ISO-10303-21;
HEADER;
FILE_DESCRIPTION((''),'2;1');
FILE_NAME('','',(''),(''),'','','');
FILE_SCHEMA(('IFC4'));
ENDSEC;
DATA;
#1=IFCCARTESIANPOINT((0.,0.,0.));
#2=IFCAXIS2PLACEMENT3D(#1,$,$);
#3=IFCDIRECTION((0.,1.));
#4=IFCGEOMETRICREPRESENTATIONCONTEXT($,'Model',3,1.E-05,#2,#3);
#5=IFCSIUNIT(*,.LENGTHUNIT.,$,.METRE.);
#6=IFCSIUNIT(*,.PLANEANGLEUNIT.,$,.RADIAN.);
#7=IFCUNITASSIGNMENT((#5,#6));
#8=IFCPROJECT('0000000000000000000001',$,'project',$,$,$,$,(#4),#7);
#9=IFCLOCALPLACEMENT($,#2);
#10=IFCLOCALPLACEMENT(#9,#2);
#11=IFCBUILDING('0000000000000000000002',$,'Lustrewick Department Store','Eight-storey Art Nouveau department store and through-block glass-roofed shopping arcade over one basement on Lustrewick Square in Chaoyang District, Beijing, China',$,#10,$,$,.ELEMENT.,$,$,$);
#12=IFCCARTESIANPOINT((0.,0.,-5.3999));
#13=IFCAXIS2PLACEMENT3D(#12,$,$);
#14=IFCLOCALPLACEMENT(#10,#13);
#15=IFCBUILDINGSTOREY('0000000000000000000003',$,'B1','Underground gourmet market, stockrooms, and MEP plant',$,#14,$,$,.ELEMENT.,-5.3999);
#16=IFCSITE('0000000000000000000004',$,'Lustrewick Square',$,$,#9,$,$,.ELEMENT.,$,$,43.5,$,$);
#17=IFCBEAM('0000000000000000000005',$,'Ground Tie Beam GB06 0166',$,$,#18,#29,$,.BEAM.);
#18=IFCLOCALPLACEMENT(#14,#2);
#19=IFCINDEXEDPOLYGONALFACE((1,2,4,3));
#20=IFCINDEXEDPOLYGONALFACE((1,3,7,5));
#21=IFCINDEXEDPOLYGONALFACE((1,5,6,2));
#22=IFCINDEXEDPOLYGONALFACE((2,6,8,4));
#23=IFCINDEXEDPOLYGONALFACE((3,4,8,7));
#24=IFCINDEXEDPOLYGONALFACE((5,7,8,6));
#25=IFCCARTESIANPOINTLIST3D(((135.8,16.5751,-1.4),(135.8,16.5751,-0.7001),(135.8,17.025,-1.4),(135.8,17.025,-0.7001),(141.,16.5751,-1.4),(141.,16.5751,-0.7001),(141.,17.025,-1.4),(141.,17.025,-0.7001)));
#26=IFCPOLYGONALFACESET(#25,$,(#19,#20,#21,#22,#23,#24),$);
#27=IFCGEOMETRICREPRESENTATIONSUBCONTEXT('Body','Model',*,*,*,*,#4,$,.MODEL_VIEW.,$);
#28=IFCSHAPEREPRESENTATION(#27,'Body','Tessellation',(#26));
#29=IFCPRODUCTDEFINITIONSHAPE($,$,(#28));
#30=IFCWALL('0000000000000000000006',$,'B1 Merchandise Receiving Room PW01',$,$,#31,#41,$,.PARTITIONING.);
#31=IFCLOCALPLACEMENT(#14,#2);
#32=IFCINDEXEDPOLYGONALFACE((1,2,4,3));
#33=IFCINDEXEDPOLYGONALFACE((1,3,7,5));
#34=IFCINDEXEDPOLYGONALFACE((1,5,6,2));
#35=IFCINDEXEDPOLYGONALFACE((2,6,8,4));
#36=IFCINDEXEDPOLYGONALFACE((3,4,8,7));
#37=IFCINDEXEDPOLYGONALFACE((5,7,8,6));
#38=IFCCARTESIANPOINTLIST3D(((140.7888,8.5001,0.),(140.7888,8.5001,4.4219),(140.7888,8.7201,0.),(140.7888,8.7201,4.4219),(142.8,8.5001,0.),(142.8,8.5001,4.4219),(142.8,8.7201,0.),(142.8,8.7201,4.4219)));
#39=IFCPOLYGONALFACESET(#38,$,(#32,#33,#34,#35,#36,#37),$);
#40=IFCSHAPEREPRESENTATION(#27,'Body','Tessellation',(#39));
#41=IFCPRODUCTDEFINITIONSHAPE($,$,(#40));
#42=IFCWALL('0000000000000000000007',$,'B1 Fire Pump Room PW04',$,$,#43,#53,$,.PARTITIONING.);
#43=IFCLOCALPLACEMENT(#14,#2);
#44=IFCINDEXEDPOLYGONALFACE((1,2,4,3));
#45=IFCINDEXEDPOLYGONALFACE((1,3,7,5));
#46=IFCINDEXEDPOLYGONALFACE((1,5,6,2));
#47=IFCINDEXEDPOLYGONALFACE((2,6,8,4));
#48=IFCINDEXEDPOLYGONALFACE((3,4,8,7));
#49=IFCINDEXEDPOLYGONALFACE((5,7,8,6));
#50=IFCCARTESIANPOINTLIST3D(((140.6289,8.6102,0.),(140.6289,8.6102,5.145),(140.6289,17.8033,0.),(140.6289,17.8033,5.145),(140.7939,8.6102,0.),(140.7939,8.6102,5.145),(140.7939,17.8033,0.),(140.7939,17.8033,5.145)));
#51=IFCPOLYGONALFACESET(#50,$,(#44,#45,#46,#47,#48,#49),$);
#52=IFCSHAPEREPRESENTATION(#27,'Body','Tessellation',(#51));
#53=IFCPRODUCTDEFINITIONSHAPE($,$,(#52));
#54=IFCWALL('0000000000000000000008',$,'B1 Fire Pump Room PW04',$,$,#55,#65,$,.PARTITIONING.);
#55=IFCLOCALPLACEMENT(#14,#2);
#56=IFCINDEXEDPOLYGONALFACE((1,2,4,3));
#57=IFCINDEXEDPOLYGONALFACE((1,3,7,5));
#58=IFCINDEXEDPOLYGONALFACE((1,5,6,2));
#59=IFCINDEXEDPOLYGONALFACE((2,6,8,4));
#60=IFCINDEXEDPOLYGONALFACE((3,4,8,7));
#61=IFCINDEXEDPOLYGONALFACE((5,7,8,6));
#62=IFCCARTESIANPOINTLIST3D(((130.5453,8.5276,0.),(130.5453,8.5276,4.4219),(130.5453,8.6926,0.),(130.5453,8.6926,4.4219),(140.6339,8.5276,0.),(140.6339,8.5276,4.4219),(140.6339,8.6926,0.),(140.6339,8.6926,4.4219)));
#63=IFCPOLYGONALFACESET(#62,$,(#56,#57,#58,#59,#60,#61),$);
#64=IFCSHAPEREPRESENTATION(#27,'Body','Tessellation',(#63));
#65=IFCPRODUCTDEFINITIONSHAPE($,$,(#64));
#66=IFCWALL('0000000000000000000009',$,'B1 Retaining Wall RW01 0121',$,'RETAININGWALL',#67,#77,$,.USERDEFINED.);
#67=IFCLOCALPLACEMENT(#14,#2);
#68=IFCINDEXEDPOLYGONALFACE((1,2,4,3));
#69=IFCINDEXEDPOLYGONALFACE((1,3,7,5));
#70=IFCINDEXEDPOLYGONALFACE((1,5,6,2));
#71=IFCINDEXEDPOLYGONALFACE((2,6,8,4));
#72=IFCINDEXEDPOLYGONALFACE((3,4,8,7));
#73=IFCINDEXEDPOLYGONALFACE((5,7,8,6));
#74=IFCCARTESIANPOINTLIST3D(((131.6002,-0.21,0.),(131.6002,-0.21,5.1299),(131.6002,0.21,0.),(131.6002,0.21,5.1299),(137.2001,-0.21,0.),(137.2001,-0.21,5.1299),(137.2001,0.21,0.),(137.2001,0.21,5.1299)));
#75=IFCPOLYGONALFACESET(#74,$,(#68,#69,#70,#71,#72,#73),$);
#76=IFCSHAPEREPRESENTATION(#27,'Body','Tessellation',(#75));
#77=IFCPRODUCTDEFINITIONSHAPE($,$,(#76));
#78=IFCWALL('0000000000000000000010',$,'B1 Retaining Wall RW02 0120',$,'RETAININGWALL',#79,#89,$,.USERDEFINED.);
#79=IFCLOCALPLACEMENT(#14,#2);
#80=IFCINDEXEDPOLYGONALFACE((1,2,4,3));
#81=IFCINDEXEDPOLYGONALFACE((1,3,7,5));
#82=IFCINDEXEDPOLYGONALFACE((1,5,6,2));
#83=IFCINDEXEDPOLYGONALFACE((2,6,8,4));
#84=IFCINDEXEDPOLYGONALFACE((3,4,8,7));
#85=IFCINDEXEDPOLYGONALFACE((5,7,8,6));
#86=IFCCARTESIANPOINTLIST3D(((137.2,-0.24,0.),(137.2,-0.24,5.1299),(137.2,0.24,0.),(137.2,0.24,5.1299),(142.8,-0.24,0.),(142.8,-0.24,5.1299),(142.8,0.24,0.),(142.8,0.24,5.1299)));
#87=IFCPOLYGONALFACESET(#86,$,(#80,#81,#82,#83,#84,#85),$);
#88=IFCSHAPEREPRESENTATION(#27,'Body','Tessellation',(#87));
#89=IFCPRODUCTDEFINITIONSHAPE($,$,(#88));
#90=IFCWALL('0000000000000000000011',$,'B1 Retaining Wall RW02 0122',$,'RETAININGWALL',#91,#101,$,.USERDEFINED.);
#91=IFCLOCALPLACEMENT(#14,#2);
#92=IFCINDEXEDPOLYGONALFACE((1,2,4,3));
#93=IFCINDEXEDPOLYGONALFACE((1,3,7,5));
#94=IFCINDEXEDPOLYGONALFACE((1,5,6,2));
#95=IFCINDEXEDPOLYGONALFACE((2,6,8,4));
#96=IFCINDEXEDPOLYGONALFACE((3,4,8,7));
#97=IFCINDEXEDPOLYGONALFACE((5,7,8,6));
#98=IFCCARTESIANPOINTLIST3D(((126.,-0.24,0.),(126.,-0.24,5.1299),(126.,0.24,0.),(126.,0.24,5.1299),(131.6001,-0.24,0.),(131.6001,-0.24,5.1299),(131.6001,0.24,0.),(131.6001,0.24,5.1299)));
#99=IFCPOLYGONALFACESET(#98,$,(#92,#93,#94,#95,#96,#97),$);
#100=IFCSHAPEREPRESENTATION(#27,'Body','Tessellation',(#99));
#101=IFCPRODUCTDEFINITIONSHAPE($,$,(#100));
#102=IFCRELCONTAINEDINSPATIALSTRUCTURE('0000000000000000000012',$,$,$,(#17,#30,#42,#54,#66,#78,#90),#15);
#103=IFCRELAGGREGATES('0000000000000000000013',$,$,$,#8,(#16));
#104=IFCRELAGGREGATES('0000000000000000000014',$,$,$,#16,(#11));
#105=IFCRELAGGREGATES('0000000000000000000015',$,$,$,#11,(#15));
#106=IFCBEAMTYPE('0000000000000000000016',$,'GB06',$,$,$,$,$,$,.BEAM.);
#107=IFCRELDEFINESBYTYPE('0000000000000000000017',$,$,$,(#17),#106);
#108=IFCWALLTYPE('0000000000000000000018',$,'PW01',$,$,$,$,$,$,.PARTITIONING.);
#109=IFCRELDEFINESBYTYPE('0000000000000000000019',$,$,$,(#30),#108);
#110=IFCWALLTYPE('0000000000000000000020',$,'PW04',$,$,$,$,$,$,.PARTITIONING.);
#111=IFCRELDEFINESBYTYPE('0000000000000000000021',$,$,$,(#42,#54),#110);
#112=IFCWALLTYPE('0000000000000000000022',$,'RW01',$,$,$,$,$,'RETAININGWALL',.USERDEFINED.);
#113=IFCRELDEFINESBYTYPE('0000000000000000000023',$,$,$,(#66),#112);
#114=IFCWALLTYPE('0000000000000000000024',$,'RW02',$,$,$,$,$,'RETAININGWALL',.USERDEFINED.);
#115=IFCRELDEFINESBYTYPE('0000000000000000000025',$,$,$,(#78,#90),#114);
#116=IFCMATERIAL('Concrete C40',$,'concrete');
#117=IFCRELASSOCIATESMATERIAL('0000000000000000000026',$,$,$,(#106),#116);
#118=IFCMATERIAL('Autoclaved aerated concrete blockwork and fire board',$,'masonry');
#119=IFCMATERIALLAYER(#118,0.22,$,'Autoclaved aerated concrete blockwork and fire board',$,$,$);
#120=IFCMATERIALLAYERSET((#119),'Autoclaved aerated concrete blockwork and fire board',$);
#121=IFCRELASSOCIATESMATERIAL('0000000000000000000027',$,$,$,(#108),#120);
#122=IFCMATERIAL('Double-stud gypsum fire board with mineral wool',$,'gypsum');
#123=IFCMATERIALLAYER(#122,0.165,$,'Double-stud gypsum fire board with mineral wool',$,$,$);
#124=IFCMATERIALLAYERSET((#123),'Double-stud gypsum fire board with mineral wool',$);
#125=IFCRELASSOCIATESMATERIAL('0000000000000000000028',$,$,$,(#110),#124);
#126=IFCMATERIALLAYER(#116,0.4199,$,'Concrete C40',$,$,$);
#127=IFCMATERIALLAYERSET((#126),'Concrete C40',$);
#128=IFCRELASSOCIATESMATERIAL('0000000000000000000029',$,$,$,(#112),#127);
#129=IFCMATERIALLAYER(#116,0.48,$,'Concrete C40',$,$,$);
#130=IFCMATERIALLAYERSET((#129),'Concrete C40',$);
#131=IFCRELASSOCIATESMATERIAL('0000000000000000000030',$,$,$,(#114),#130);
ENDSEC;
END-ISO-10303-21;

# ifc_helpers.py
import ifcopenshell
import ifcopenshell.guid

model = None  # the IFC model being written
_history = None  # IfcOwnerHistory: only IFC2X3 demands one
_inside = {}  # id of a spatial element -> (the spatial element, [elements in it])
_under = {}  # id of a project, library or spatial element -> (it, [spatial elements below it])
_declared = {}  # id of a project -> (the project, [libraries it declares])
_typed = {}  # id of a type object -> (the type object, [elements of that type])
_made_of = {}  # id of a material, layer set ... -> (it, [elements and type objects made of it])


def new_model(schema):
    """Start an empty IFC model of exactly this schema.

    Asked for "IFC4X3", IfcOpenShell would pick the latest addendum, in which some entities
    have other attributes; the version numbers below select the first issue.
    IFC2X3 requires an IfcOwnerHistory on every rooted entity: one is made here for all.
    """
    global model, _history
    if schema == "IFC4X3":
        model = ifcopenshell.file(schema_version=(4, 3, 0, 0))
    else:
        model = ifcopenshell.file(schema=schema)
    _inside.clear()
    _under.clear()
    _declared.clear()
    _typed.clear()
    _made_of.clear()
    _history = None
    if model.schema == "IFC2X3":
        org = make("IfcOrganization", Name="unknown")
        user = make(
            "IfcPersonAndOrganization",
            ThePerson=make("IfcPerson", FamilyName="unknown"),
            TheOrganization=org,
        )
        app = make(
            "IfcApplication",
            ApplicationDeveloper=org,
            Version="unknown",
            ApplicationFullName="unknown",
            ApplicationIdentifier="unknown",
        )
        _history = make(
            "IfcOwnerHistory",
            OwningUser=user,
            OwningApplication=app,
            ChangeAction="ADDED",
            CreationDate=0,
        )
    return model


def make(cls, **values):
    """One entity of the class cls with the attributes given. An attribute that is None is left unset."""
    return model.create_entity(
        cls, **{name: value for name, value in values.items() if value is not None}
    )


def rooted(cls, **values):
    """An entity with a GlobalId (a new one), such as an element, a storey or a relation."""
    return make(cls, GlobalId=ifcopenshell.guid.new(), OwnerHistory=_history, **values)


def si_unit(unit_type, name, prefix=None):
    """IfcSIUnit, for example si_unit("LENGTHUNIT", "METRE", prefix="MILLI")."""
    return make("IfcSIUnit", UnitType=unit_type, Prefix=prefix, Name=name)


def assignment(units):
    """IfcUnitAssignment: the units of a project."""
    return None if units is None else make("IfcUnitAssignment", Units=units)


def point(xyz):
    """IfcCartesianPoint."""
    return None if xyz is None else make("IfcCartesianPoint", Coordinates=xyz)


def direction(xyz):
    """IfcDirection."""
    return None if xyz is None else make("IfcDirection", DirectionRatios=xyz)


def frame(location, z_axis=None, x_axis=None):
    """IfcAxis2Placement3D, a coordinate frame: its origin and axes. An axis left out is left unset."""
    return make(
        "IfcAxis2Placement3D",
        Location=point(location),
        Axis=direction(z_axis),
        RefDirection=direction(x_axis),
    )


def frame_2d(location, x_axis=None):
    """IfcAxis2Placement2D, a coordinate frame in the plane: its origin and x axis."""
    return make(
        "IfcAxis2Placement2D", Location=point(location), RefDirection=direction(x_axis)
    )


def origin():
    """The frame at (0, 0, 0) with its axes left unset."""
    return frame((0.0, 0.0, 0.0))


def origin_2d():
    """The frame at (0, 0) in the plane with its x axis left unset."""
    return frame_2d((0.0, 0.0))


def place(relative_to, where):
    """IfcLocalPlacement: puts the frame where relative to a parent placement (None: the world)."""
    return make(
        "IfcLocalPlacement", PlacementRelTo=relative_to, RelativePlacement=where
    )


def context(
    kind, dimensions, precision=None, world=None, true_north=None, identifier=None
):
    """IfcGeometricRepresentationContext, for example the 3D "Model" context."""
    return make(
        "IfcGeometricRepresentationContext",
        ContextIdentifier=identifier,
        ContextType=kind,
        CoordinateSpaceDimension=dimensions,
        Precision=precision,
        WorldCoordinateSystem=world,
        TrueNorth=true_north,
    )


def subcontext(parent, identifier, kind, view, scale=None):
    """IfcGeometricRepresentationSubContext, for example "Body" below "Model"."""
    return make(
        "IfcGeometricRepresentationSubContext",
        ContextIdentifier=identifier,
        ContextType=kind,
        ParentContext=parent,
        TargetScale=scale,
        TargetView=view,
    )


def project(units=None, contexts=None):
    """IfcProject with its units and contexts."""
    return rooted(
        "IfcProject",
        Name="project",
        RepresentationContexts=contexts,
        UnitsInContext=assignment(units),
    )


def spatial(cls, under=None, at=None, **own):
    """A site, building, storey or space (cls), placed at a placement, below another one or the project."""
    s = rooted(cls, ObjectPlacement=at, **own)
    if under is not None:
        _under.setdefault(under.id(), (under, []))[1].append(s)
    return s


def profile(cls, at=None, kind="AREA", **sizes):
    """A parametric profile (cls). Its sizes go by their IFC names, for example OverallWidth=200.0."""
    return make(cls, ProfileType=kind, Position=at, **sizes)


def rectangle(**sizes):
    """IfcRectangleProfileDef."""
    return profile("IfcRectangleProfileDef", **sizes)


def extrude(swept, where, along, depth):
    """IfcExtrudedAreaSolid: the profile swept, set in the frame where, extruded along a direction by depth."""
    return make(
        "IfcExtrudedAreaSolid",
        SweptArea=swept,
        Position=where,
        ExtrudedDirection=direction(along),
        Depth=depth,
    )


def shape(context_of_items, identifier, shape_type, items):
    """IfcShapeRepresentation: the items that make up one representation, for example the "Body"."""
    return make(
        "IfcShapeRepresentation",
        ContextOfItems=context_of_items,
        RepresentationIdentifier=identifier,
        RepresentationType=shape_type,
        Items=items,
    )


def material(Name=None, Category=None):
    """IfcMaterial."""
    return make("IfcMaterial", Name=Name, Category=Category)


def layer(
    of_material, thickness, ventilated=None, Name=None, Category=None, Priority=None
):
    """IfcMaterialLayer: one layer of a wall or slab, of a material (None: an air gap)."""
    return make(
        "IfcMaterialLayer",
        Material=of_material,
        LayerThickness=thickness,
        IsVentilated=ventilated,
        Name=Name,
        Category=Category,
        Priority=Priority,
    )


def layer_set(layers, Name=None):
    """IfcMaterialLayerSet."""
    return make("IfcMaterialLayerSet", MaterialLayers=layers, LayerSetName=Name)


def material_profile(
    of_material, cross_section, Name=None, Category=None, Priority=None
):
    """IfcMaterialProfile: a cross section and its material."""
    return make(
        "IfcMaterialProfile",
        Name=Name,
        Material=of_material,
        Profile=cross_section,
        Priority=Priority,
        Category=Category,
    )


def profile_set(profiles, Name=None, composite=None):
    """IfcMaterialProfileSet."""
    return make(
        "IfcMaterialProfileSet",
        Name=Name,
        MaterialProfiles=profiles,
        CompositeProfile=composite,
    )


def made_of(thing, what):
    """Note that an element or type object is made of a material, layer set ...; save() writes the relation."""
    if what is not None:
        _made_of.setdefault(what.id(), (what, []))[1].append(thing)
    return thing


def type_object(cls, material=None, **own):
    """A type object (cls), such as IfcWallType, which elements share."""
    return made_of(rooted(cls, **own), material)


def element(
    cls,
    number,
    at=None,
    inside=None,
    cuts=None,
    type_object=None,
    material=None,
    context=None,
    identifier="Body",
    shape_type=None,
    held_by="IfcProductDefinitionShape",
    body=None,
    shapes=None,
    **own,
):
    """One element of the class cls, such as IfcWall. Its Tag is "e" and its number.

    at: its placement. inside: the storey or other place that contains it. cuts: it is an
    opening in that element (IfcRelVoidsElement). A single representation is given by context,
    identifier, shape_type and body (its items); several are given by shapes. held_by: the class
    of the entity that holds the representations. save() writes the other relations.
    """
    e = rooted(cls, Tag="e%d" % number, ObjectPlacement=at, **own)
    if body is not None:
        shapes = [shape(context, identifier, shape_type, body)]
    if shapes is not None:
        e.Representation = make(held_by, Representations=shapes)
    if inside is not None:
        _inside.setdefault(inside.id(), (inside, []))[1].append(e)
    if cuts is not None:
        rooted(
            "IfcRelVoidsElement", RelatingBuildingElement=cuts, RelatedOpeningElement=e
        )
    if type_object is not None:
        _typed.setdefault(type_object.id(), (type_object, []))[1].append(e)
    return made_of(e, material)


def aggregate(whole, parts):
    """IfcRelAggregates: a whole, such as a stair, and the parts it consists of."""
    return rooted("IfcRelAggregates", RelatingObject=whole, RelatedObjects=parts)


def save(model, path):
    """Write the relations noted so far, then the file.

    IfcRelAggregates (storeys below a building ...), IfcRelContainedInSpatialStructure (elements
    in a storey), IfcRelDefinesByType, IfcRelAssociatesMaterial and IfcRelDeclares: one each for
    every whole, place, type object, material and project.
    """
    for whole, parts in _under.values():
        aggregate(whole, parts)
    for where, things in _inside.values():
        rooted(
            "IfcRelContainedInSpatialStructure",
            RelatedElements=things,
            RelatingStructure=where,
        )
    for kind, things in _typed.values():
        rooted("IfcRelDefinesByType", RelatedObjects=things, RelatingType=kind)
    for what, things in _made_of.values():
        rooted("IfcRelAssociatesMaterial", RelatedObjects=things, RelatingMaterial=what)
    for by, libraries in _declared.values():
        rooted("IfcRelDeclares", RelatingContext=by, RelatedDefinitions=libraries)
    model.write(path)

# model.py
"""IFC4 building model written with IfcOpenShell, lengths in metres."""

from ifc_helpers import new_model, si_unit, direction, frame, frame_2d, origin, origin_2d, place, context, subcontext, project, spatial, rectangle, extrude, material, layer, layer_set, material_profile, profile_set, type_object, element, save


model = new_model("IFC4")

# Units and contexts
model_context = context("Model", 3, precision=1e-05, world=origin(), true_north=direction((0.0, 1.0)))
body_context = subcontext(model_context, "Body", "Model", "MODEL_VIEW")
ifc_project = project(units=[si_unit("LENGTHUNIT", "METRE"), si_unit("PLANEANGLEUNIT", "RADIAN")], contexts=[model_context])

# Site, building, storey
site_placement = place(None, origin())
site = spatial("IfcSite", under=ifc_project, at=site_placement, Name="Lustrewick Square", CompositionType="ELEMENT", RefElevation=43.5)
building_placement = place(site_placement, origin())
building = spatial("IfcBuilding", under=site, at=building_placement, Name="Lustrewick Department Store", Description="Eight-storey Art Nouveau department store and through-block glass-roofed shopping arcade over one basement on Lustrewick Square in Chaoyang District, Beijing, China", CompositionType="ELEMENT")
storey_placement = place(building_placement, frame((0.0, 0.0, -5.3999)))
storey = spatial("IfcBuildingStorey", under=building, at=storey_placement, Name="B1", Description="Underground gourmet market, stockrooms, and MEP plant", CompositionType="ELEMENT", Elevation=-5.3999)

# Shared definitions
ifc_material_1 = material(Name="Concrete C40", Category="concrete")

# Beam
ifc_material_profile_1 = material_profile(ifc_material_1, rectangle(XDim=0.45, YDim=0.7, at=origin_2d()), Name="RC 450x700")
ifc_profile_set_1 = profile_set([ifc_material_profile_1], Name="Concrete C40")
beam_type_1 = type_object("IfcBeamType", Name="GB06", PredefinedType="BEAM", material=ifc_profile_set_1)
beam_1_placement = place(storey_placement, frame((135.8, 16.8, -1.05), z_axis=(1.0, 0.0, 0.0), x_axis=(0.0, 1.0, 0.0)))
element("IfcBeam", 1, at=beam_1_placement, inside=storey, type_object=beam_type_1, Name="Ground Tie Beam GB06 0166", PredefinedType="BEAM", context=body_context, shape_type="SweptSolid", body=[
    extrude(rectangle(XDim=0.45, YDim=0.7, at=origin_2d()), origin(), (0.0, 0.0, 1.0), 5.2),
])

# Walls
ifc_material_2 = material(Name="Autoclaved aerated concrete blockwork and fire board", Category="masonry")
ifc_layer_1 = layer(ifc_material_2, 0.22, Name="Autoclaved aerated concrete blockwork and fire board")
ifc_layer_set_1 = layer_set([ifc_layer_1], Name="Autoclaved aerated concrete blockwork and fire board")
wall_type_1 = type_object("IfcWallType", Name="PW01", PredefinedType="PARTITIONING", material=ifc_layer_set_1)
wall_1_placement = place(storey_placement, frame((140.7888, 8.6101, 0.0), z_axis=(0.0, 0.0, 1.0), x_axis=(1.0, 0.0, 0.0)))
element("IfcWall", 2, at=wall_1_placement, inside=storey, type_object=wall_type_1, Name="B1 Merchandise Receiving Room PW01", PredefinedType="PARTITIONING", context=body_context, shape_type="SweptSolid", body=[
    extrude(rectangle(XDim=2.0112, YDim=0.22, at=frame_2d((1.0056, 0.0))), origin(), (0.0, 0.0, 1.0), 4.4219),
])
ifc_material_3 = material(Name="Double-stud gypsum fire board with mineral wool", Category="gypsum")
ifc_layer_2 = layer(ifc_material_3, 0.165, Name="Double-stud gypsum fire board with mineral wool")
ifc_layer_set_2 = layer_set([ifc_layer_2], Name="Double-stud gypsum fire board with mineral wool")
wall_type_2 = type_object("IfcWallType", Name="PW04", PredefinedType="PARTITIONING", material=ifc_layer_set_2)
wall_2_placement = place(storey_placement, frame((140.7114, 8.6101, 0.0), z_axis=(0.0, 0.0, 1.0), x_axis=(0.0, 1.0, 0.0)))
element("IfcWall", 3, at=wall_2_placement, inside=storey, type_object=wall_type_2, Name="B1 Fire Pump Room PW04", PredefinedType="PARTITIONING", context=body_context, shape_type="SweptSolid", body=[
    extrude(rectangle(XDim=9.1931, YDim=0.165, at=frame_2d((4.5967, 0.0))), origin(), (0.0, 0.0, 1.0), 5.145),
])
wall_3_placement = place(storey_placement, frame((130.5452, 8.6101, 0.0), z_axis=(0.0, 0.0, 1.0), x_axis=(1.0, 0.0, 0.0)))
element("IfcWall", 4, at=wall_3_placement, inside=storey, type_object=wall_type_2, Name="B1 Fire Pump Room PW04", PredefinedType="PARTITIONING", context=body_context, shape_type="SweptSolid", body=[
    extrude(rectangle(XDim=10.0886, YDim=0.165, at=frame_2d((5.0444, 0.0))), origin(), (0.0, 0.0, 1.0), 4.4219),
])
ifc_layer_3 = layer(ifc_material_1, 0.4199, Name="Concrete C40")
ifc_layer_set_3 = layer_set([ifc_layer_3], Name="Concrete C40")
wall_type_3 = type_object("IfcWallType", Name="RW01", ElementType="RETAININGWALL", PredefinedType="USERDEFINED", material=ifc_layer_set_3)
wall_4_placement = place(storey_placement, frame((137.2, 0.0, 0.0), z_axis=(0.0, 0.0, 1.0), x_axis=(-1.0, 0.0, 0.0)))
element("IfcWall", 5, at=wall_4_placement, inside=storey, type_object=wall_type_3, Name="B1 Retaining Wall RW01 0121", ObjectType="RETAININGWALL", PredefinedType="USERDEFINED", context=body_context, shape_type="SweptSolid", body=[
    extrude(rectangle(XDim=5.5999, YDim=0.4199, at=frame_2d((2.7998, 0.0))), origin(), (0.0, 0.0, 1.0), 5.1299),
])
ifc_layer_4 = layer(ifc_material_1, 0.48, Name="Concrete C40")
ifc_layer_set_4 = layer_set([ifc_layer_4], Name="Concrete C40")
wall_type_4 = type_object("IfcWallType", Name="RW02", ElementType="RETAININGWALL", PredefinedType="USERDEFINED", material=ifc_layer_set_4)
for number, where, z_axis, x_axis, name in (
    (6, (142.8, 0.0, 0.0), (0.0, 0.0, 1.0), (-1.0, 0.0, 0.0), "B1 Retaining Wall RW02 0120"),
    (7, (131.6001, 0.0, 0.0), (0.0, 0.0, 1.0), (-1.0, 0.0, 0.0), "B1 Retaining Wall RW02 0122"),
):
    element("IfcWall", number, at=place(storey_placement, frame(where, z_axis=z_axis, x_axis=x_axis)), inside=storey, type_object=wall_type_4, Name=name, ObjectType="RETAININGWALL", PredefinedType="USERDEFINED", context=body_context, shape_type="SweptSolid", body=[
        extrude(rectangle(XDim=5.6001, YDim=0.48, at=frame_2d((2.8, 0.0))), origin(), (0.0, 0.0, 1.0), 5.1299),
    ])

save(model, "model.ifc")
